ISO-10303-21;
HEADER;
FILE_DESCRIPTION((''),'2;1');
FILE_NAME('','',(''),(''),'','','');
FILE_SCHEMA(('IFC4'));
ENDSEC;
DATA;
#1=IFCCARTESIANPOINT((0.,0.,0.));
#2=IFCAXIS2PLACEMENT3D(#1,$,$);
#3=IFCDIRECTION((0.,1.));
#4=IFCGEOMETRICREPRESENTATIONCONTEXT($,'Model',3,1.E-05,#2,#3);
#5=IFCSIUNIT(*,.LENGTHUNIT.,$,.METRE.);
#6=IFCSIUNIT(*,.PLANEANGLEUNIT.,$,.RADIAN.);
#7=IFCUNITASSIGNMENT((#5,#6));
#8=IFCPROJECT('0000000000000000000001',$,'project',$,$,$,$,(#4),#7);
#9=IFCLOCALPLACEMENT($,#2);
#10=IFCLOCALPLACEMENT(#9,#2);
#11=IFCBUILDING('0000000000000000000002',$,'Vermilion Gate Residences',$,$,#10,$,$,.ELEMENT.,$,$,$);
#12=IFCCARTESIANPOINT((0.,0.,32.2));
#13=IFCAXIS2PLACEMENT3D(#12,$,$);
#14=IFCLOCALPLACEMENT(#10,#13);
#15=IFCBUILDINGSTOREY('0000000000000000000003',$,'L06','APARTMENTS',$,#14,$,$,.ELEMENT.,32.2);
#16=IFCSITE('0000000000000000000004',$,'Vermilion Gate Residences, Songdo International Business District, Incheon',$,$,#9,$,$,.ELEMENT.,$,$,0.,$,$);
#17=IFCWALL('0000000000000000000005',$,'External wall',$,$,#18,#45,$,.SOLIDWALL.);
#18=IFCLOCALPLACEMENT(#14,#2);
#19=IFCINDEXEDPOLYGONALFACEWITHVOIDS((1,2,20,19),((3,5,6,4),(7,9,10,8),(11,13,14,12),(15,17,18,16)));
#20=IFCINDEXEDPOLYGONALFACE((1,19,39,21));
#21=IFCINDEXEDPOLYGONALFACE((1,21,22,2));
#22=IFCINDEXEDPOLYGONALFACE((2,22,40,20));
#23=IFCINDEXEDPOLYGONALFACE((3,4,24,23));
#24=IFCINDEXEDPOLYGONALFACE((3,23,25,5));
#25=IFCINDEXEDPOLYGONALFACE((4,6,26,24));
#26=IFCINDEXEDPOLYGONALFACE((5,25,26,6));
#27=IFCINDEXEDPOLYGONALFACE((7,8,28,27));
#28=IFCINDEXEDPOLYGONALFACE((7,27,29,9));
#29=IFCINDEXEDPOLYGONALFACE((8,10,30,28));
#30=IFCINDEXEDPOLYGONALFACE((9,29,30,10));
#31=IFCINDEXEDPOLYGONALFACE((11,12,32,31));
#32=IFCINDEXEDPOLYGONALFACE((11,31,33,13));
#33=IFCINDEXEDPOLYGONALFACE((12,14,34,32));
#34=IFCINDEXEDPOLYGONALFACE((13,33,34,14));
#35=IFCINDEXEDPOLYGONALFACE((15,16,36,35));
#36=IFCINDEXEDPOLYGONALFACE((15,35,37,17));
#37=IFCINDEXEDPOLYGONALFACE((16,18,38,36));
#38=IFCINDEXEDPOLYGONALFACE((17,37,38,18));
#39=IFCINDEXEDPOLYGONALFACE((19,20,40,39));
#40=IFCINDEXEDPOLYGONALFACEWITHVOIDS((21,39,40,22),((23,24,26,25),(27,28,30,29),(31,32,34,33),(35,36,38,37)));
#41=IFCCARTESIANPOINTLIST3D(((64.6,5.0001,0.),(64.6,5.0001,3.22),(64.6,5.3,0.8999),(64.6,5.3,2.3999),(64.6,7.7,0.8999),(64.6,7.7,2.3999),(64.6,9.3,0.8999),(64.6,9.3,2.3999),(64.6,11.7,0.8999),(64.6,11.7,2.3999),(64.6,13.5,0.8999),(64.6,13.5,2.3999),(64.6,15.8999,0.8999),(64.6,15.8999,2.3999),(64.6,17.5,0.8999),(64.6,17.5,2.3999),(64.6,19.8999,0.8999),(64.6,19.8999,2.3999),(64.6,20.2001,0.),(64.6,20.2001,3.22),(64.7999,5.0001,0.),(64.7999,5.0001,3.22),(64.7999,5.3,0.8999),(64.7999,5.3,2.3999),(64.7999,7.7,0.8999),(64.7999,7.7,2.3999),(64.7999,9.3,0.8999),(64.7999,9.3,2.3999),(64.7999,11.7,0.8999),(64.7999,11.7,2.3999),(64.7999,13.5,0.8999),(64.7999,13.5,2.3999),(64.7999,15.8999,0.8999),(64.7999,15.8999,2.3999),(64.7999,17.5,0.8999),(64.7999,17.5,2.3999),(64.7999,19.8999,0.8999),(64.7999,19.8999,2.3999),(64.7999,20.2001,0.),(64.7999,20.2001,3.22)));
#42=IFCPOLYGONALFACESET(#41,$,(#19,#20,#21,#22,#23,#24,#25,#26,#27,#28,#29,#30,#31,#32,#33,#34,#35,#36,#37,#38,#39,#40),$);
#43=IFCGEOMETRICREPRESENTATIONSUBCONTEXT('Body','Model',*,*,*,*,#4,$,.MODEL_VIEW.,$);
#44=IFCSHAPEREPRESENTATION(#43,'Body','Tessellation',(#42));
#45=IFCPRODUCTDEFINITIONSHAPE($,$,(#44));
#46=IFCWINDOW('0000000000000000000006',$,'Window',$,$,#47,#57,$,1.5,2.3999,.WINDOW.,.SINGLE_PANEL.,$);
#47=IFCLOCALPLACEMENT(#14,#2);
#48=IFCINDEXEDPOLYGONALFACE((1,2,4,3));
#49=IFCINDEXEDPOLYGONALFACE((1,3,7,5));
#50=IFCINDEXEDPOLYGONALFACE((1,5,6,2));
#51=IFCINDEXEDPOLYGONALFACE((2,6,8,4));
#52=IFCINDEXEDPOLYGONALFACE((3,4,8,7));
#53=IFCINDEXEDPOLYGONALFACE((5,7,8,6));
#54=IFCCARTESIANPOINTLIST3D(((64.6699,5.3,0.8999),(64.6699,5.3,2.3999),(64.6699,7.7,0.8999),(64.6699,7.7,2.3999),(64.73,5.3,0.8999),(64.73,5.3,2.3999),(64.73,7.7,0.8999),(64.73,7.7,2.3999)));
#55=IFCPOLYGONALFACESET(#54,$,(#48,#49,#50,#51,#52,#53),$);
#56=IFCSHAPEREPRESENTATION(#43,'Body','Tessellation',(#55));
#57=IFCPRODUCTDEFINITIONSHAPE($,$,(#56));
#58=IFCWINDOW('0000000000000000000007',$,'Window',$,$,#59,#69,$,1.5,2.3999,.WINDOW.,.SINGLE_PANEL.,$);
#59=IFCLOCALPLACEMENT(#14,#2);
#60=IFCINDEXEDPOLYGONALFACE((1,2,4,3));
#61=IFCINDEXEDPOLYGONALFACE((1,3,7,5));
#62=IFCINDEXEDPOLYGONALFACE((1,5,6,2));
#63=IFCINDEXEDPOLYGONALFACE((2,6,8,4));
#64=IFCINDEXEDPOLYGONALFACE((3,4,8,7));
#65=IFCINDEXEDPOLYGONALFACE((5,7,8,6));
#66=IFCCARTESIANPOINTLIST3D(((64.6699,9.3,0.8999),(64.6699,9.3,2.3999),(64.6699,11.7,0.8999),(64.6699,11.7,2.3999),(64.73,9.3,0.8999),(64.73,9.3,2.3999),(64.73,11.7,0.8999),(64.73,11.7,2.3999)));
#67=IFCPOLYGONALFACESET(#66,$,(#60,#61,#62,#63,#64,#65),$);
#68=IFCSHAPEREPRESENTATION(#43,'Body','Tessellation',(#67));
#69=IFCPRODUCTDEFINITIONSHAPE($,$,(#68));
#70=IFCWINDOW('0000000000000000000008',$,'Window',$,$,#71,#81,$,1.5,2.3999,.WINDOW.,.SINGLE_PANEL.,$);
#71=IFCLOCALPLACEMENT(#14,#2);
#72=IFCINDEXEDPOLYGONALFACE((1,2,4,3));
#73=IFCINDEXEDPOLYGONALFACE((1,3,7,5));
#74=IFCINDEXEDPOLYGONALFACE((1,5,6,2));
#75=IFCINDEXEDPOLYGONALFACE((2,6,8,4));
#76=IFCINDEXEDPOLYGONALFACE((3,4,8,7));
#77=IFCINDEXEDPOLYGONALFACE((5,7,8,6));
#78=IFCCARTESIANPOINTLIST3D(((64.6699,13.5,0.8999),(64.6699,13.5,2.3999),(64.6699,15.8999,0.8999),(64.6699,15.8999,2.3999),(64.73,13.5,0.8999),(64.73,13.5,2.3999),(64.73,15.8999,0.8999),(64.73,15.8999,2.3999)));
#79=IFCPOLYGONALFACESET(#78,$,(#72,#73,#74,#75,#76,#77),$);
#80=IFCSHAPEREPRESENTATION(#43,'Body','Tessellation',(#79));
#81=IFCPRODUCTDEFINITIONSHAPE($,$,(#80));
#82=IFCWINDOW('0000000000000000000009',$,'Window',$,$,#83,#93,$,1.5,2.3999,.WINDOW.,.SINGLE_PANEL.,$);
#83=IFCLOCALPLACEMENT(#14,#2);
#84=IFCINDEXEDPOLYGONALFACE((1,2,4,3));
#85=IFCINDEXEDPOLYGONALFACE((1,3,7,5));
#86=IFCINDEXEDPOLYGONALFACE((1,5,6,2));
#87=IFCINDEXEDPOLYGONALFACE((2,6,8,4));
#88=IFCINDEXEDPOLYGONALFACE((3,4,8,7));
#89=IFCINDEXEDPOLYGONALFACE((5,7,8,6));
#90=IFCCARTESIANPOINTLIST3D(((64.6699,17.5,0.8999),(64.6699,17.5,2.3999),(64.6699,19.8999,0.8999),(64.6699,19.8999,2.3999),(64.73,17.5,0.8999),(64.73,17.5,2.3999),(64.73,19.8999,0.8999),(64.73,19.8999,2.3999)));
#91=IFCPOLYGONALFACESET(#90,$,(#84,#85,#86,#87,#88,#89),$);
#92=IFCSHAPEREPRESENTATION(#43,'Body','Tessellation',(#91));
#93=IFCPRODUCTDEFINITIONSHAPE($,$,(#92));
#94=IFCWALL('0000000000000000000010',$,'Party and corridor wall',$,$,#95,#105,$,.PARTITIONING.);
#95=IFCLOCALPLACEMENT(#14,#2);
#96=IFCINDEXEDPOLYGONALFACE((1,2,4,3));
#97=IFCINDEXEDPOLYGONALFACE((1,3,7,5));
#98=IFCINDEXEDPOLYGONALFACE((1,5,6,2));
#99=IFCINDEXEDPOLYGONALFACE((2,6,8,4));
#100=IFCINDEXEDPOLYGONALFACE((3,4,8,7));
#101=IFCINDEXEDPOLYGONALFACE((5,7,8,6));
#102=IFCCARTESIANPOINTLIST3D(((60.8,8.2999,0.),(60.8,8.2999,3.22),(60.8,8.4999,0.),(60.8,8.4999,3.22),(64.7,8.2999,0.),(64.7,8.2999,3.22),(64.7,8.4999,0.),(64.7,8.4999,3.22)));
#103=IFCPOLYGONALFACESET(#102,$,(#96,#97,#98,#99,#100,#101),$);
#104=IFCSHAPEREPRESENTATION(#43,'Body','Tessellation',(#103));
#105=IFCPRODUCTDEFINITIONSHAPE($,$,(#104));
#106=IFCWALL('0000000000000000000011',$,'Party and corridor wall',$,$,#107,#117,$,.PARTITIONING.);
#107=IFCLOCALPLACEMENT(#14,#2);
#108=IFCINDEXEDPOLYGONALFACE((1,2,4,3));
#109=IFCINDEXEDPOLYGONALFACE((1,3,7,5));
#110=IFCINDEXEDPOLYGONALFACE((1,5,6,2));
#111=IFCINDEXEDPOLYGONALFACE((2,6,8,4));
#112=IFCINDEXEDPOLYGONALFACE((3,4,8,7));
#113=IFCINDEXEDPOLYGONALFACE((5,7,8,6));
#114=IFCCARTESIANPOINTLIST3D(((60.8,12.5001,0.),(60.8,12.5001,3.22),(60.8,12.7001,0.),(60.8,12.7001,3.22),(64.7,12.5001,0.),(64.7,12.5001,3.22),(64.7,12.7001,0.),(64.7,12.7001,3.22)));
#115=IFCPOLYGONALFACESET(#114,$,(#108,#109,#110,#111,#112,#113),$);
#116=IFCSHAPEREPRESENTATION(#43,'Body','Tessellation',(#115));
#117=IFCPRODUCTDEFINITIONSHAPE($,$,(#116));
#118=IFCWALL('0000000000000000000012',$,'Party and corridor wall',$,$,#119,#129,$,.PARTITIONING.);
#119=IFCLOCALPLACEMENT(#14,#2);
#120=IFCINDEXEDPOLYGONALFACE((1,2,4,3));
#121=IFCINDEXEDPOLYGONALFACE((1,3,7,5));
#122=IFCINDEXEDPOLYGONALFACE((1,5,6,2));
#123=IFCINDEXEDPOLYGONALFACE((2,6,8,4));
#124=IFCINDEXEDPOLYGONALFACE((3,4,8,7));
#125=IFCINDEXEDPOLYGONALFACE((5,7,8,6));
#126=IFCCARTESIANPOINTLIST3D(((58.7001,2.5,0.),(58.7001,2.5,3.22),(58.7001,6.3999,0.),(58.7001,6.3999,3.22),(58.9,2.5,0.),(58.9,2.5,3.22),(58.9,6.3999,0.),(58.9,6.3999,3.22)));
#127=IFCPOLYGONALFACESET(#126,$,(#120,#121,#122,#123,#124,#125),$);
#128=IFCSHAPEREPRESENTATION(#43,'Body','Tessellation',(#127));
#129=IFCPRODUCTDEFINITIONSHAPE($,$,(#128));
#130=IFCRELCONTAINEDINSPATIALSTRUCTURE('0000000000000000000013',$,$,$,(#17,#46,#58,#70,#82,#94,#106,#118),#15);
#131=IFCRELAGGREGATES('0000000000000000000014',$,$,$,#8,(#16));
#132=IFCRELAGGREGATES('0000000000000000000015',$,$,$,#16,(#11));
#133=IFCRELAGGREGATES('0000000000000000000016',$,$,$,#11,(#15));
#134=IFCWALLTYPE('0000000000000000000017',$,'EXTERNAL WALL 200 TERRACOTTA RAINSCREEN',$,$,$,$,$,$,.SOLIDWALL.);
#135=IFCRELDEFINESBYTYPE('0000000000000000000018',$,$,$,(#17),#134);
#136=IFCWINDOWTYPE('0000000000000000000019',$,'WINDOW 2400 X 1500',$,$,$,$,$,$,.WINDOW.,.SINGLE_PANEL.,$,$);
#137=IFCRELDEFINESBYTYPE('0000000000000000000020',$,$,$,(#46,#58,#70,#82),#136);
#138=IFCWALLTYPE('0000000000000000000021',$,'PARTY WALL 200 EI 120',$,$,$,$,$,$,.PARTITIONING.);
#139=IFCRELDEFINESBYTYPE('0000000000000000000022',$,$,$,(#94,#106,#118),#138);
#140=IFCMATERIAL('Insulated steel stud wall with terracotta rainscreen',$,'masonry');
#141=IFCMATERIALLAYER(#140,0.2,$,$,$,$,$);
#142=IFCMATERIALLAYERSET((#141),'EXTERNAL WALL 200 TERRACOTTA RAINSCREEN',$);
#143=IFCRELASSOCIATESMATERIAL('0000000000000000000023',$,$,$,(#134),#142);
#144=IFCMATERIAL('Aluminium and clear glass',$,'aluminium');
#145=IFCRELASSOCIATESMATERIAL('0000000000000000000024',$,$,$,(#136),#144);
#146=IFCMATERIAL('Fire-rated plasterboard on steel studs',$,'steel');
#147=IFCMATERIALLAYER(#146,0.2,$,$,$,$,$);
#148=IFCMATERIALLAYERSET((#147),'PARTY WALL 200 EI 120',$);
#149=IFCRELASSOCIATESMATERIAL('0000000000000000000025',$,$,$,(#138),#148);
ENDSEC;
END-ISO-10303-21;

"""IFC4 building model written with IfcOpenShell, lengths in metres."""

from ifc_helpers import new_model, si_unit, direction, frame, frame_2d, origin, place, context, subcontext, project, spatial, rectangle, extrude, material, layer, layer_set, type_object, element, fill, save


model = new_model("IFC4")

# Units and contexts
model_context = context("Model", 3, precision=1e-05, world=origin(), true_north=direction((0.0, 1.0)))
body_context = subcontext(model_context, "Body", "Model", "MODEL_VIEW")
ifc_project = project(units=[si_unit("LENGTHUNIT", "METRE"), si_unit("PLANEANGLEUNIT", "RADIAN")], contexts=[model_context])

# Site, building, storey
site_placement = place(None, origin())
site = spatial("IfcSite", under=ifc_project, at=site_placement, Name="Vermilion Gate Residences, Songdo International Business District, Incheon", CompositionType="ELEMENT", RefElevation=0.0)
building_placement = place(site_placement, origin())
building = spatial("IfcBuilding", under=site, at=building_placement, Name="Vermilion Gate Residences", CompositionType="ELEMENT")
storey_placement = place(building_placement, frame((0.0, 0.0, 32.2)))
storey = spatial("IfcBuildingStorey", under=building, at=storey_placement, Name="L06", Description="APARTMENTS", CompositionType="ELEMENT", Elevation=32.2)

# Shared definitions
ifc_material_1 = material(Name="Insulated steel stud wall with terracotta rainscreen", Category="masonry")
ifc_layer_1 = layer(ifc_material_1, 0.2)
ifc_layer_set_1 = layer_set([ifc_layer_1], Name="EXTERNAL WALL 200 TERRACOTTA RAINSCREEN")
wall_type_1 = type_object("IfcWallType", Name="EXTERNAL WALL 200 TERRACOTTA RAINSCREEN", PredefinedType="SOLIDWALL", material=ifc_layer_set_1)

# Wall, openings, windows
wall_1_placement = place(storey_placement, frame((64.7, 5.0, 0.0), z_axis=(0.0, 0.0, 1.0), x_axis=(0.0, 1.0, 0.0)))
wall_1 = element("IfcWall", 1, at=wall_1_placement, inside=storey, type_object=wall_type_1, Name="External wall", PredefinedType="SOLIDWALL", context=body_context, shape_type="SweptSolid", body=[
    extrude(rectangle(XDim=15.2, YDim=0.2, at=frame_2d((7.6001, 0.0))), origin(), (0.0, 0.0, 1.0), 3.22),
])
opening_1_placement = place(wall_1_placement, frame((0.3, 0.0, 0.8999)))
opening_1 = element("IfcOpeningElement", 2, at=opening_1_placement, cuts=wall_1, PredefinedType="OPENING", context=body_context, shape_type="SweptSolid", body=[
    extrude(rectangle(XDim=2.3999, YDim=1.5, at=frame_2d((1.2, 0.75))), frame((0.0, 0.1099, 0.0), z_axis=(0.0, -1.0, 0.0), x_axis=(1.0, 0.0, 0.0)), (0.0, 0.0, 1.0), 0.22),
])
opening_2_placement = place(wall_1_placement, frame((4.3, 0.0, 0.8999)))
opening_2 = element("IfcOpeningElement", 3, at=opening_2_placement, cuts=wall_1, PredefinedType="OPENING", context=body_context, shape_type="SweptSolid", body=[
    extrude(rectangle(XDim=2.3999, YDim=1.5, at=frame_2d((1.2, 0.75))), frame((0.0, 0.1099, 0.0), z_axis=(0.0, -1.0, 0.0), x_axis=(1.0, 0.0, 0.0)), (0.0, 0.0, 1.0), 0.22),
])
opening_3_placement = place(wall_1_placement, frame((8.5, 0.0, 0.8999)))
opening_3 = element("IfcOpeningElement", 4, at=opening_3_placement, cuts=wall_1, PredefinedType="OPENING", context=body_context, shape_type="SweptSolid", body=[
    extrude(rectangle(XDim=2.3999, YDim=1.5, at=frame_2d((1.2, 0.75))), frame((0.0, 0.1099, 0.0), z_axis=(0.0, -1.0, 0.0), x_axis=(1.0, 0.0, 0.0)), (0.0, 0.0, 1.0), 0.22),
])
opening_4_placement = place(wall_1_placement, frame((12.5, 0.0, 0.8999)))
opening_4 = element("IfcOpeningElement", 5, at=opening_4_placement, cuts=wall_1, PredefinedType="OPENING", context=body_context, shape_type="SweptSolid", body=[
    extrude(rectangle(XDim=2.3999, YDim=1.5, at=frame_2d((1.2, 0.75))), frame((0.0, 0.1099, 0.0), z_axis=(0.0, -1.0, 0.0), x_axis=(1.0, 0.0, 0.0)), (0.0, 0.0, 1.0), 0.22),
])
ifc_material_2 = material(Name="Aluminium and clear glass", Category="aluminium")
window_type = type_object("IfcWindowType", Name="WINDOW 2400 X 1500", PartitioningType="SINGLE_PANEL", PredefinedType="WINDOW", material=ifc_material_2)
window_1_placement = place(opening_1_placement, origin())
window_1 = element("IfcWindow", 6, at=window_1_placement, inside=storey, type_object=window_type, Name="Window", OverallHeight=1.5, OverallWidth=2.3999, PartitioningType="SINGLE_PANEL", PredefinedType="WINDOW", context=body_context, shape_type="SweptSolid", body=[
    extrude(rectangle(XDim=2.3999, YDim=1.5, at=frame_2d((1.2, 0.75))), frame((0.0, 0.03, 0.0), z_axis=(0.0, -1.0, 0.0), x_axis=(1.0, 0.0, 0.0)), (0.0, 0.0, 1.0), 0.0601),
])
fill(opening_1, window_1)
window_2_placement = place(opening_2_placement, origin())
window_2 = element("IfcWindow", 7, at=window_2_placement, inside=storey, type_object=window_type, Name="Window", OverallHeight=1.5, OverallWidth=2.3999, PartitioningType="SINGLE_PANEL", PredefinedType="WINDOW", context=body_context, shape_type="SweptSolid", body=[
    extrude(rectangle(XDim=2.3999, YDim=1.5, at=frame_2d((1.2, 0.75))), frame((0.0, 0.03, 0.0), z_axis=(0.0, -1.0, 0.0), x_axis=(1.0, 0.0, 0.0)), (0.0, 0.0, 1.0), 0.0601),
])
fill(opening_2, window_2)
window_3_placement = place(opening_3_placement, origin())
window_3 = element("IfcWindow", 8, at=window_3_placement, inside=storey, type_object=window_type, Name="Window", OverallHeight=1.5, OverallWidth=2.3999, PartitioningType="SINGLE_PANEL", PredefinedType="WINDOW", context=body_context, shape_type="SweptSolid", body=[
    extrude(rectangle(XDim=2.3999, YDim=1.5, at=frame_2d((1.2, 0.75))), frame((0.0, 0.03, 0.0), z_axis=(0.0, -1.0, 0.0), x_axis=(1.0, 0.0, 0.0)), (0.0, 0.0, 1.0), 0.0601),
])
fill(opening_3, window_3)
window_4_placement = place(opening_4_placement, origin())
window_4 = element("IfcWindow", 9, at=window_4_placement, inside=storey, type_object=window_type, Name="Window", OverallHeight=1.5, OverallWidth=2.3999, PartitioningType="SINGLE_PANEL", PredefinedType="WINDOW", context=body_context, shape_type="SweptSolid", body=[
    extrude(rectangle(XDim=2.3999, YDim=1.5, at=frame_2d((1.2, 0.75))), frame((0.0, 0.03, 0.0), z_axis=(0.0, -1.0, 0.0), x_axis=(1.0, 0.0, 0.0)), (0.0, 0.0, 1.0), 0.0601),
])
fill(opening_4, window_4)

# Walls
ifc_material_3 = material(Name="Fire-rated plasterboard on steel studs", Category="steel")
ifc_layer_2 = layer(ifc_material_3, 0.2)
ifc_layer_set_2 = layer_set([ifc_layer_2], Name="PARTY WALL 200 EI 120")
wall_type_2 = type_object("IfcWallType", Name="PARTY WALL 200 EI 120", PredefinedType="PARTITIONING", material=ifc_layer_set_2)
for number, where, z_axis, x_axis, name in (
    (10, (60.8, 8.3999, 0.0), (0.0, 0.0, 1.0), (1.0, 0.0, 0.0), "Party and corridor wall"),
    (11, (60.8, 12.6001, 0.0), (0.0, 0.0, 1.0), (1.0, 0.0, 0.0), "Party and corridor wall"),
    (12, (58.8, 2.5, 0.0), (0.0, 0.0, 1.0), (0.0, 1.0, 0.0), "Party and corridor wall"),
):
    element("IfcWall", number, at=place(storey_placement, frame(where, z_axis=z_axis, x_axis=x_axis)), inside=storey, type_object=wall_type_2, Name=name, PredefinedType="PARTITIONING", context=body_context, shape_type="SweptSolid", body=[
        extrude(rectangle(XDim=3.8999, YDim=0.2, at=frame_2d((1.95, 0.0))), origin(), (0.0, 0.0, 1.0), 3.22),
    ])

save(model, "model.ifc")
